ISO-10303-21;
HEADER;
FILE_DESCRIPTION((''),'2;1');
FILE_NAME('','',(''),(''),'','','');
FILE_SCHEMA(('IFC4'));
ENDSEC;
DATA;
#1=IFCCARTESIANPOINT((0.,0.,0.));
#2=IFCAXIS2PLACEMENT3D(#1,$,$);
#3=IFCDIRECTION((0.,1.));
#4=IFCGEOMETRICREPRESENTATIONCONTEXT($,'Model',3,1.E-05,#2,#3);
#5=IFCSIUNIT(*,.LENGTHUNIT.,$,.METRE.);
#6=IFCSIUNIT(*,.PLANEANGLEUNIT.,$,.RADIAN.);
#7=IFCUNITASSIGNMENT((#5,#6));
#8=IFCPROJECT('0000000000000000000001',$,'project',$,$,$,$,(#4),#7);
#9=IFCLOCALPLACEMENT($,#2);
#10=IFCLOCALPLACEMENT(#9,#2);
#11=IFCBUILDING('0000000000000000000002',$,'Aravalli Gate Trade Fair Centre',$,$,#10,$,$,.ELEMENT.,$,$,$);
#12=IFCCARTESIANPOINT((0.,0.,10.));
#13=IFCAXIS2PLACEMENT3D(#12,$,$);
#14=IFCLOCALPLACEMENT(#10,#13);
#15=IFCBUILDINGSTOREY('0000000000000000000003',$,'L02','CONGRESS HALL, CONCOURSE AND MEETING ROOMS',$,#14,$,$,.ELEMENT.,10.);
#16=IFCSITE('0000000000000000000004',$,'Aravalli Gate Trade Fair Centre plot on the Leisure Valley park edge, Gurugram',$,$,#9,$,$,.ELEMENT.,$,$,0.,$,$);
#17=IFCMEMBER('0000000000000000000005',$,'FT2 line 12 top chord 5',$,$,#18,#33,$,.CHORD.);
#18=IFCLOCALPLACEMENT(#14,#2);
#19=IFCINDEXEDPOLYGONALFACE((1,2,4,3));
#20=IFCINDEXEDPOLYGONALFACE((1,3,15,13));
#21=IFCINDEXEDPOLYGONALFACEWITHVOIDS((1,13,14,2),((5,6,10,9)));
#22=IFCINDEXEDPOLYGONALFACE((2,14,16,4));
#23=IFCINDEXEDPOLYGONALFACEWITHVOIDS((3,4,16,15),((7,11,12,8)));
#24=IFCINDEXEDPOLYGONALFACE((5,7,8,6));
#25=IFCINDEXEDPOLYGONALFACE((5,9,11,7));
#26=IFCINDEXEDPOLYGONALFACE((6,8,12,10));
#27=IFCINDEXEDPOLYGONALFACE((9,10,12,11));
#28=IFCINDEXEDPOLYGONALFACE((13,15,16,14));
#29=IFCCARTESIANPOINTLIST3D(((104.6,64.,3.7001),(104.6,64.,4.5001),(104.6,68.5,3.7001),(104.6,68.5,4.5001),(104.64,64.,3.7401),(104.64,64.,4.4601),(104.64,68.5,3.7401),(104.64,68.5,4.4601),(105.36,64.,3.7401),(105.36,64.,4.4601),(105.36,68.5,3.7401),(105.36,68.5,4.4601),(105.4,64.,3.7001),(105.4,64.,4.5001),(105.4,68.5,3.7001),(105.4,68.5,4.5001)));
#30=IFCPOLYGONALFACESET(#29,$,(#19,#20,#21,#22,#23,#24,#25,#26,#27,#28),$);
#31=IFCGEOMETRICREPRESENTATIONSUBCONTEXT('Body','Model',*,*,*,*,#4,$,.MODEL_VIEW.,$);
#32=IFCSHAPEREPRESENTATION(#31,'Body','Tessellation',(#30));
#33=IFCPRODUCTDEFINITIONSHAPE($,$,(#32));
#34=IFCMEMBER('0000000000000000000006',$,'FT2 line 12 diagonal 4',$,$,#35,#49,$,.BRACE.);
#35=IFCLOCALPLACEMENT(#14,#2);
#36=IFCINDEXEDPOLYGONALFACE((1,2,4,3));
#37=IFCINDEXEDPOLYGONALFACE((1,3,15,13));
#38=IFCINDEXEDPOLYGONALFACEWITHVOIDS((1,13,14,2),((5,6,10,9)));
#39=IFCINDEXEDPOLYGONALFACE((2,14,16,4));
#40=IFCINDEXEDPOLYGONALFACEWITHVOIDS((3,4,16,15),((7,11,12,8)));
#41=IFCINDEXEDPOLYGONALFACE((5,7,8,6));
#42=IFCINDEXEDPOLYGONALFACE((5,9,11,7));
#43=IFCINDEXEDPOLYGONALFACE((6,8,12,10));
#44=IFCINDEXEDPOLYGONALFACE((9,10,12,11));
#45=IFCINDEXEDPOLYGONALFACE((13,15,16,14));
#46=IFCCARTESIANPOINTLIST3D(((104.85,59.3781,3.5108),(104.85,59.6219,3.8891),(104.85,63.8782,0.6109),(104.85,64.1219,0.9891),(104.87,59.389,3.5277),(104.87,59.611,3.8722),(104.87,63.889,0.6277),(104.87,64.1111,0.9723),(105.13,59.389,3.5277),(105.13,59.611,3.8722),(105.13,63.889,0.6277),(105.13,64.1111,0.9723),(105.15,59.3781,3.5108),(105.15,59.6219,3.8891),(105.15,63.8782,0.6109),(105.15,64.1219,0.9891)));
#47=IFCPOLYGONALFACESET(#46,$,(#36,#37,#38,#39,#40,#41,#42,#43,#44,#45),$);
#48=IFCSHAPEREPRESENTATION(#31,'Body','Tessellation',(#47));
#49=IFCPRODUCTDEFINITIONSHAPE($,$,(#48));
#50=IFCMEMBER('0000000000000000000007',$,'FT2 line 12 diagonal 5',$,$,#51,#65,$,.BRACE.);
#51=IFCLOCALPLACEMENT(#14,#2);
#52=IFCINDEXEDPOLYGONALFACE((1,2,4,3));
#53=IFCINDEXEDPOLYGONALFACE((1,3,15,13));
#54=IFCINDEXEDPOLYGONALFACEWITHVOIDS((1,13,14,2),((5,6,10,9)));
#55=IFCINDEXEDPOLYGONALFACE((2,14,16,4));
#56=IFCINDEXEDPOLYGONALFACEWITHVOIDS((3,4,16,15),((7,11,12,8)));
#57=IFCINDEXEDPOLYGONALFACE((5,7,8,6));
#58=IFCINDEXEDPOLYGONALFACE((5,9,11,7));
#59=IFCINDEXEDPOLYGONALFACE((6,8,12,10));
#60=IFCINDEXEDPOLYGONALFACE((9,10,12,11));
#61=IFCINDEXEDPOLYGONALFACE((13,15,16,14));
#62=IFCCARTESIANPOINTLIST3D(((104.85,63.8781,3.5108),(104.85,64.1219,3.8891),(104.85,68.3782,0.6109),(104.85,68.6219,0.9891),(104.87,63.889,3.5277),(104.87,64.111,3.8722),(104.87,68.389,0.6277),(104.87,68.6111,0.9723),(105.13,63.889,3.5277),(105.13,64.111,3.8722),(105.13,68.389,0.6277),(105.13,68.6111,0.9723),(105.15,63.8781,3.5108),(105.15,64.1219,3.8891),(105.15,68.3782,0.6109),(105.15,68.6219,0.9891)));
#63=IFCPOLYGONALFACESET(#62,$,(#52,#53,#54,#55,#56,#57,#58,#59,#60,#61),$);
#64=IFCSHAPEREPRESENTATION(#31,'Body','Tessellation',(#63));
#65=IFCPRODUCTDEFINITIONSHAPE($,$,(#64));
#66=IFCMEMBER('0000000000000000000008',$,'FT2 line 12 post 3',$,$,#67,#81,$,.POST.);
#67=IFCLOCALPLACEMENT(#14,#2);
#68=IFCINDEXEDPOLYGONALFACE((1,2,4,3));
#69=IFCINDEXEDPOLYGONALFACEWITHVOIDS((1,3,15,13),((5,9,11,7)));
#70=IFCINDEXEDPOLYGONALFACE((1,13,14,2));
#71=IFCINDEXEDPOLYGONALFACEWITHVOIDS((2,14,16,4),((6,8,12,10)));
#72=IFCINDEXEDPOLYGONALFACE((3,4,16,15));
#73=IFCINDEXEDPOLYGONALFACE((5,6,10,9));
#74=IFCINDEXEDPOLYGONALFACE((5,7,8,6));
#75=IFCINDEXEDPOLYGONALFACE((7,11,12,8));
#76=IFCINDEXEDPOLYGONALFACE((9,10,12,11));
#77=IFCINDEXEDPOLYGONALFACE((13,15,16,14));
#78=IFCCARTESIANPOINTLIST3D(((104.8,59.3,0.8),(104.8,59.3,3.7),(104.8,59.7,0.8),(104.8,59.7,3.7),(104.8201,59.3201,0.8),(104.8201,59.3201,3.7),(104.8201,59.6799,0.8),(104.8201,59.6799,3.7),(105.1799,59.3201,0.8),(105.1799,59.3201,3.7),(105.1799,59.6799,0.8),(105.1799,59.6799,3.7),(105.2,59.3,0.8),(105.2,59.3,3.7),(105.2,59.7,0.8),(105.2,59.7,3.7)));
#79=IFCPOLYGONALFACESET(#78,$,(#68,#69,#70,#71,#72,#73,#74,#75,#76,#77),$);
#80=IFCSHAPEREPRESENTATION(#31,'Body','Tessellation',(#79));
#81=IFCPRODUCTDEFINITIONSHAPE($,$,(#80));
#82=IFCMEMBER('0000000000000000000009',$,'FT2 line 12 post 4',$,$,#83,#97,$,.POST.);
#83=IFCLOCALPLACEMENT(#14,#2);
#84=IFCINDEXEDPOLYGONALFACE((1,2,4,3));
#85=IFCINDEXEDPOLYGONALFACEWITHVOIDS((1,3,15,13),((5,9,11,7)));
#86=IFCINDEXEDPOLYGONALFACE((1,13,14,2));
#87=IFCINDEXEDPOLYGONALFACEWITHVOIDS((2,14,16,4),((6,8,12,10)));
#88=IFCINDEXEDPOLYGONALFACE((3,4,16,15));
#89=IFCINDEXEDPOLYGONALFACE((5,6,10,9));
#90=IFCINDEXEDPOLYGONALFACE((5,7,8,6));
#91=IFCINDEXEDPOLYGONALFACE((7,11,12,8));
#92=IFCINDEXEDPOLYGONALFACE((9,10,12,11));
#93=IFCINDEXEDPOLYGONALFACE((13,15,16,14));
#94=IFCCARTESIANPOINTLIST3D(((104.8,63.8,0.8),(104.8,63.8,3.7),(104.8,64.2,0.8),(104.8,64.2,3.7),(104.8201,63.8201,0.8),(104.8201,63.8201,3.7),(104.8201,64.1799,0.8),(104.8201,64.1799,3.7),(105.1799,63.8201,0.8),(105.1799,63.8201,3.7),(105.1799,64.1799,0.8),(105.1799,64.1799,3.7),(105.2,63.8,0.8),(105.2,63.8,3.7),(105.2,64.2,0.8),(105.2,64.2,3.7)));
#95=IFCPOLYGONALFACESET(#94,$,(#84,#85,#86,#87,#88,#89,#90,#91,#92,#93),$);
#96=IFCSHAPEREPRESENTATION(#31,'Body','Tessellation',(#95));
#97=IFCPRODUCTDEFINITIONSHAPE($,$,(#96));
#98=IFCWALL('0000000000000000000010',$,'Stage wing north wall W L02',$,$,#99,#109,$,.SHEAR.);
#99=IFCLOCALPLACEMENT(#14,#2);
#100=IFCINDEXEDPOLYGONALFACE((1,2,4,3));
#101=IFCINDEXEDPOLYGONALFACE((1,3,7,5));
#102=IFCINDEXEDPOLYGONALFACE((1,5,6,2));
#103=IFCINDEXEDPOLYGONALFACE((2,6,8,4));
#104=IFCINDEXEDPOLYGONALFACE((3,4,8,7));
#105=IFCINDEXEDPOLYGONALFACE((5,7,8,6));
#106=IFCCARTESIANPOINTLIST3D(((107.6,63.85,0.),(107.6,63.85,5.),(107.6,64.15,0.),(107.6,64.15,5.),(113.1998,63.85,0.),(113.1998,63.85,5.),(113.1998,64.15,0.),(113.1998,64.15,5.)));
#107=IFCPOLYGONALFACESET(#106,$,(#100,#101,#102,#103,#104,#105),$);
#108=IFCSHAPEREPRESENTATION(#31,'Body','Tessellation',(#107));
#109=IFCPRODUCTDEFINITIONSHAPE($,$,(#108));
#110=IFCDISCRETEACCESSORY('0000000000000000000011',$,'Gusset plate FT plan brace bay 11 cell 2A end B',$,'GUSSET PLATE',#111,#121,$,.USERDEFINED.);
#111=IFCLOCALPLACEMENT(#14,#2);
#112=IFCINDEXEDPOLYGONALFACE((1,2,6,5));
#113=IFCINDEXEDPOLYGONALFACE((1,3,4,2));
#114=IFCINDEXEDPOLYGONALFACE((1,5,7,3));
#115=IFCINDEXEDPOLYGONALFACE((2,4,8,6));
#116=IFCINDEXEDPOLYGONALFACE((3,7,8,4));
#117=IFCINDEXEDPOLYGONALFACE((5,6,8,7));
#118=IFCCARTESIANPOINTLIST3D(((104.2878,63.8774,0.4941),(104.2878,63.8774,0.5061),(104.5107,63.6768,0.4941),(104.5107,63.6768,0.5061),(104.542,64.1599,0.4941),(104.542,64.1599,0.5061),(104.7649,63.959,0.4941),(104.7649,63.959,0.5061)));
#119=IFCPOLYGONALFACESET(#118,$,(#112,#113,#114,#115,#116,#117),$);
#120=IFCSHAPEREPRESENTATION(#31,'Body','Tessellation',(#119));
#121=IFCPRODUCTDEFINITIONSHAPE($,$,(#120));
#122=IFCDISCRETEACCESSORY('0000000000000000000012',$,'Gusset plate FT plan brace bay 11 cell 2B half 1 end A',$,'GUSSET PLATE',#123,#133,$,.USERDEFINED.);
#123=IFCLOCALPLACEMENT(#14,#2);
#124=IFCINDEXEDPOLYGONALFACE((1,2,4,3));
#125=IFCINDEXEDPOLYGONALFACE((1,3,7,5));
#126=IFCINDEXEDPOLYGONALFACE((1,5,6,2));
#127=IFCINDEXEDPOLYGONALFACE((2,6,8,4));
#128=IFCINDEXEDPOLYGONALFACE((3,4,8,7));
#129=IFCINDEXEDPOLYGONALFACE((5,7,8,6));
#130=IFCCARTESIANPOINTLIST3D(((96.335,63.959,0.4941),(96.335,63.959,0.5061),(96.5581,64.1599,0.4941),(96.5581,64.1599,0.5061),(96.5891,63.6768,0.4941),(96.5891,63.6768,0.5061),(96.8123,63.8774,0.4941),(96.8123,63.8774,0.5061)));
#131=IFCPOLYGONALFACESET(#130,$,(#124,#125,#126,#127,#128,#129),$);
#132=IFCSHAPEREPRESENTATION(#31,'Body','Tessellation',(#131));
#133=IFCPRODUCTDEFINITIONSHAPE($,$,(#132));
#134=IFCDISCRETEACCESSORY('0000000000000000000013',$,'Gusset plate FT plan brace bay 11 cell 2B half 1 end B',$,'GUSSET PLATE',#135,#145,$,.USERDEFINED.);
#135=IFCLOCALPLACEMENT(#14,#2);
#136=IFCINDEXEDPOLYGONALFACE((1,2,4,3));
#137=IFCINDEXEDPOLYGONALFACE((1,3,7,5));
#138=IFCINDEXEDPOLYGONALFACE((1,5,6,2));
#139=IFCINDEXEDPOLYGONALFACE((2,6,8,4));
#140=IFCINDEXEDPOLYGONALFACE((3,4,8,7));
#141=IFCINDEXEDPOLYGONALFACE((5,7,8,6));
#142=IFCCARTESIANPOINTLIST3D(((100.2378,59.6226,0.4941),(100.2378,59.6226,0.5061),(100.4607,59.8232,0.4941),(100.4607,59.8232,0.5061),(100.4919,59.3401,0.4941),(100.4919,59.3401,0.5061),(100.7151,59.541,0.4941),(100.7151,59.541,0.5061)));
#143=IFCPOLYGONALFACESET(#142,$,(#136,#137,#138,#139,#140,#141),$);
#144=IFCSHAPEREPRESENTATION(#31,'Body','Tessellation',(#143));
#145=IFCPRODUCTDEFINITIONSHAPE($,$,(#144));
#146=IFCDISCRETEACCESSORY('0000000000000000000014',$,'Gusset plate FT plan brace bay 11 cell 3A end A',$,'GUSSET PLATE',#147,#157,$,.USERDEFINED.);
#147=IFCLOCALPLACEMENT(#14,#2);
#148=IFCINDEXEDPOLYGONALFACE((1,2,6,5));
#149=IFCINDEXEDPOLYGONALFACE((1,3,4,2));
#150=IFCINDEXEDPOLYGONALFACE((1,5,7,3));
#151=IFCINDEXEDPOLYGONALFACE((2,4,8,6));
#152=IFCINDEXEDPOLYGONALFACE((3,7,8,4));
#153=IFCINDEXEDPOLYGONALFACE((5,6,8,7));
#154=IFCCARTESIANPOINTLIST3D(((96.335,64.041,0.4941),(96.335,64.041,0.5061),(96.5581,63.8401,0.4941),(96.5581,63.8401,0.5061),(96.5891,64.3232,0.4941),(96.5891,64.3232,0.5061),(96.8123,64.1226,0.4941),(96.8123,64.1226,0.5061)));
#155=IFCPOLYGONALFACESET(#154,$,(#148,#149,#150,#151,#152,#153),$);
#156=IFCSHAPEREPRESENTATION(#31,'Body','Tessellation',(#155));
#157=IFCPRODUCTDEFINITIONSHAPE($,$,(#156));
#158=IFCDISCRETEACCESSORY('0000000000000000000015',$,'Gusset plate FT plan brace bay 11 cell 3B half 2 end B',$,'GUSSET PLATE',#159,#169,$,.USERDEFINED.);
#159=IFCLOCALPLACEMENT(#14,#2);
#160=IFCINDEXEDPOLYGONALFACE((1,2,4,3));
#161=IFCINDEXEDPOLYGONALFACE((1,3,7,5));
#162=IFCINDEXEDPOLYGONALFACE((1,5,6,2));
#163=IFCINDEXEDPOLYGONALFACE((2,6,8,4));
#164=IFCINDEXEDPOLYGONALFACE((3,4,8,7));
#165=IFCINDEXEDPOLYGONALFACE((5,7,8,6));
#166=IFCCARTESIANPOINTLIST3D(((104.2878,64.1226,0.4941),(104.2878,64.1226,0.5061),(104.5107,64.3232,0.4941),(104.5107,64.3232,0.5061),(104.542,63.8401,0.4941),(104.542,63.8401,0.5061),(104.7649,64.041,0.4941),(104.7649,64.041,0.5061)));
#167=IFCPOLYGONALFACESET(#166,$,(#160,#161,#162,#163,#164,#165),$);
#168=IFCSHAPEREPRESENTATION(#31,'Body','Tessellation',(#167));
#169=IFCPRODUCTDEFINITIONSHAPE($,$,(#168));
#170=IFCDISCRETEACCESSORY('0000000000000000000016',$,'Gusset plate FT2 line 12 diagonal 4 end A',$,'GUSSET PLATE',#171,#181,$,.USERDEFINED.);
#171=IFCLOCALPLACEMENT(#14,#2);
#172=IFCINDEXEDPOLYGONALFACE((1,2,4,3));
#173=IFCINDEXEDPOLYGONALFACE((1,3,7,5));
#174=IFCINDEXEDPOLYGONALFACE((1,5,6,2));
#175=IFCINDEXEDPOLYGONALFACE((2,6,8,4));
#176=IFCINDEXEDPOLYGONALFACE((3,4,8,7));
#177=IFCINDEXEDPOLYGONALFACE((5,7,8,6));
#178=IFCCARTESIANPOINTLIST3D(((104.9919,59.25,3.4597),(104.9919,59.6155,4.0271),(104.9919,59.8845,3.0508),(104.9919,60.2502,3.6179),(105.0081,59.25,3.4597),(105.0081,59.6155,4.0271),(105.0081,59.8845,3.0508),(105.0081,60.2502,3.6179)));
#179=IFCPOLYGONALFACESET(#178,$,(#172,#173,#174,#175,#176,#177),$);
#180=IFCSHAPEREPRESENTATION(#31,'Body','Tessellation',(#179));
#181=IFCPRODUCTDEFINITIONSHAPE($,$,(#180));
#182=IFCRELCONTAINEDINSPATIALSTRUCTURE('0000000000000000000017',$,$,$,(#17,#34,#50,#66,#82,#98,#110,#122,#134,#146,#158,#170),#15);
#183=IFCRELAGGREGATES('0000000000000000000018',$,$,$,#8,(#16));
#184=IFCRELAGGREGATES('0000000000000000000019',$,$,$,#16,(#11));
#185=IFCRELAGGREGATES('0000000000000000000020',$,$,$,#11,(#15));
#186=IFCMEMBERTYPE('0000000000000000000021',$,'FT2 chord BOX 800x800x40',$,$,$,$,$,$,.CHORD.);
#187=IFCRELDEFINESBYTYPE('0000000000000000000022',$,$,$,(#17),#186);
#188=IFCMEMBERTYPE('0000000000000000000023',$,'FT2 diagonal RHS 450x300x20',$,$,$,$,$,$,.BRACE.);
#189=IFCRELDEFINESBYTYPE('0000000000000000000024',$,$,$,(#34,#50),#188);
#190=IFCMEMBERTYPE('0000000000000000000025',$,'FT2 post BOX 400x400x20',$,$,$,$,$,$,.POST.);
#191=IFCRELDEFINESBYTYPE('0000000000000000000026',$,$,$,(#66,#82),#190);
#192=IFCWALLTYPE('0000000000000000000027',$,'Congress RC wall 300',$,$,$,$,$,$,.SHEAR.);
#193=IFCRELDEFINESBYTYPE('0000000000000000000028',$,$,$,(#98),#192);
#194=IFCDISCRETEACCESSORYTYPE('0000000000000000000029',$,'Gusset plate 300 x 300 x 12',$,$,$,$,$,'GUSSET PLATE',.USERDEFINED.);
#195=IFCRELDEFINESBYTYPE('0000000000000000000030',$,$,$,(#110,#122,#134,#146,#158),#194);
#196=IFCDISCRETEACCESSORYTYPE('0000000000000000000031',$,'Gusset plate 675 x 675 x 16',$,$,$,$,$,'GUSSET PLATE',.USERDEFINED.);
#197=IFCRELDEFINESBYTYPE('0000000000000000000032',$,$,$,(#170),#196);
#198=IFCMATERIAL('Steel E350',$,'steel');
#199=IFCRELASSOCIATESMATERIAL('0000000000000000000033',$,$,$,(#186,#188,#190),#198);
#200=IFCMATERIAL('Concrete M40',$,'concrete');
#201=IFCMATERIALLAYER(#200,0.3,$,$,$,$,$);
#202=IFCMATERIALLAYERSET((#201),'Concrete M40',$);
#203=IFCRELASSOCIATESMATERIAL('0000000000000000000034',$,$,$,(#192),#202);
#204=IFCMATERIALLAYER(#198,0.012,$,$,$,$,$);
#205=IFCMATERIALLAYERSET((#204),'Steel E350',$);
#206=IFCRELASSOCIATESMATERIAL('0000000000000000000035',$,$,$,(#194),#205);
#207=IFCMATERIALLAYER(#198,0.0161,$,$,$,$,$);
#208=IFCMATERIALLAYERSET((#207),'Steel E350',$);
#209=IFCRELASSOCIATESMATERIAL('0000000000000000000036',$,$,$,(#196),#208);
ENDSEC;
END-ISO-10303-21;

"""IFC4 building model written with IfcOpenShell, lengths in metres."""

from ifc_helpers import new_model, si_unit, direction, frame, frame_2d, origin, origin_2d, place, context, subcontext, project, spatial, polyline, rectangle, hollow_rectangle, outline, extrude, material, layer, layer_set, material_profile, profile_set, type_object, element, save


model = new_model("IFC4")

# Units and contexts
model_context = context("Model", 3, precision=1e-05, world=origin(), true_north=direction((0.0, 1.0)))
body_context = subcontext(model_context, "Body", "Model", "MODEL_VIEW")
ifc_project = project(units=[si_unit("LENGTHUNIT", "METRE"), si_unit("PLANEANGLEUNIT", "RADIAN")], contexts=[model_context])

# Site, building, storey
site_placement = place(None, origin())
site = spatial("IfcSite", under=ifc_project, at=site_placement, Name="Aravalli Gate Trade Fair Centre plot on the Leisure Valley park edge, Gurugram", CompositionType="ELEMENT", RefElevation=0.0)
building_placement = place(site_placement, origin())
building = spatial("IfcBuilding", under=site, at=building_placement, Name="Aravalli Gate Trade Fair Centre", CompositionType="ELEMENT")
storey_placement = place(building_placement, frame((0.0, 0.0, 10.0)))
storey = spatial("IfcBuildingStorey", under=building, at=storey_placement, Name="L02", Description="CONGRESS HALL, CONCOURSE AND MEETING ROOMS", CompositionType="ELEMENT", Elevation=10.0)

# Members
ifc_material_1 = material(Name="Steel E350", Category="steel")
ifc_material_profile_1 = material_profile(ifc_material_1, hollow_rectangle(XDim=0.8, YDim=0.8, WallThickness=0.04, at=origin_2d()), Name="BOX 800x800x40")
ifc_profile_set_1 = profile_set([ifc_material_profile_1], Name="Steel E350")
member_type_1 = type_object("IfcMemberType", Name="FT2 chord BOX 800x800x40", PredefinedType="CHORD", material=ifc_profile_set_1)
for number, where, z_axis, x_axis, name in (
    (1, (105.0, 64.0, 4.1001), (0.0, 1.0, 0.0), (-1.0, 0.0, 0.0), "FT2 line 12 top chord 5"),
):
    element("IfcMember", number, at=place(storey_placement, frame(where, z_axis=z_axis, x_axis=x_axis)), inside=storey, type_object=member_type_1, Name=name, PredefinedType="CHORD", context=body_context, shape_type="SweptSolid", body=[
        extrude(hollow_rectangle(XDim=0.8, YDim=0.8, WallThickness=0.04, at=origin_2d()), origin(), (0.0, 0.0, 1.0), 4.5),
    ])
ifc_material_profile_2 = material_profile(ifc_material_1, hollow_rectangle(XDim=0.3, YDim=0.45, WallThickness=0.02, at=origin_2d()), Name="RHS 450x300x20")
ifc_profile_set_2 = profile_set([ifc_material_profile_2], Name="Steel E350")
member_type_2 = type_object("IfcMemberType", Name="FT2 diagonal RHS 450x300x20", PredefinedType="BRACE", material=ifc_profile_set_2)
for number, where, z_axis, x_axis, name in (
    (2, (105.0, 59.5, 3.7), (0.0, 0.840579, -0.541688), (-1.0, 0.0, 0.0), "FT2 line 12 diagonal 4"),
    (3, (105.0, 64.0, 3.7), (0.0, 0.840579, -0.541688), (-1.0, 0.0, 0.0), "FT2 line 12 diagonal 5"),
):
    element("IfcMember", number, at=place(storey_placement, frame(where, z_axis=z_axis, x_axis=x_axis)), inside=storey, type_object=member_type_2, Name=name, PredefinedType="BRACE", context=body_context, shape_type="SweptSolid", body=[
        extrude(hollow_rectangle(XDim=0.3, YDim=0.45, WallThickness=0.02, at=origin_2d()), origin(), (0.0, 0.0, 1.0), 5.3535),
    ])
ifc_material_profile_3 = material_profile(ifc_material_1, hollow_rectangle(XDim=0.3999, YDim=0.3999, WallThickness=0.02, at=origin_2d()), Name="BOX 400x400x20")
ifc_profile_set_3 = profile_set([ifc_material_profile_3], Name="Steel E350")
member_type_3 = type_object("IfcMemberType", Name="FT2 post BOX 400x400x20", PredefinedType="POST", material=ifc_profile_set_3)
for number, where, z_axis, x_axis, name in (
    (4, (105.0, 59.5, 0.8), (0.0, 0.0, 1.0), (1.0, 0.0, 0.0), "FT2 line 12 post 3"),
    (5, (105.0, 64.0, 0.8), (0.0, 0.0, 1.0), (1.0, 0.0, 0.0), "FT2 line 12 post 4"),
):
    element("IfcMember", number, at=place(storey_placement, frame(where, z_axis=z_axis, x_axis=x_axis)), inside=storey, type_object=member_type_3, Name=name, PredefinedType="POST", context=body_context, shape_type="SweptSolid", body=[
        extrude(hollow_rectangle(XDim=0.3999, YDim=0.3999, WallThickness=0.02, at=origin_2d()), origin(), (0.0, 0.0, 1.0), 2.8999),
    ])

# Wall
ifc_material_2 = material(Name="Concrete M40", Category="concrete")
ifc_layer_1 = layer(ifc_material_2, 0.3)
ifc_layer_set_1 = layer_set([ifc_layer_1], Name="Concrete M40")
wall_type = type_object("IfcWallType", Name="Congress RC wall 300", PredefinedType="SHEAR", material=ifc_layer_set_1)
wall_placement = place(storey_placement, frame((107.6001, 64.0, 0.0), z_axis=(0.0, 0.0, 1.0), x_axis=(1.0, 0.0, 0.0)))
element("IfcWall", 6, at=wall_placement, inside=storey, type_object=wall_type, Name="Stage wing north wall W L02", PredefinedType="SHEAR", context=body_context, shape_type="SweptSolid", body=[
    extrude(rectangle(XDim=5.5999, YDim=0.3, at=frame_2d((2.7998, 0.0))), origin(), (0.0, 0.0, 1.0), 5.0),
])

# Discrete accessories
ifc_layer_2 = layer(ifc_material_1, 0.012)
ifc_layer_set_2 = layer_set([ifc_layer_2], Name="Steel E350")
discrete_accessory_type_1 = type_object("IfcDiscreteAccessoryType", Name="Gusset plate 300 x 300 x 12", ElementType="GUSSET PLATE", PredefinedType="USERDEFINED", material=ifc_layer_set_2)
discrete_accessory_1_placement = place(storey_placement, frame((104.2878, 63.8774, 0.5061), z_axis=(0.0, 0.0, 1.0), x_axis=(0.668858, 0.74339, 0.0)))
element("IfcDiscreteAccessory", 7, at=discrete_accessory_1_placement, inside=storey, type_object=discrete_accessory_type_1, Name="Gusset plate FT plan brace bay 11 cell 2A end B", ObjectType="GUSSET PLATE", PredefinedType="USERDEFINED", context=body_context, shape_type="SweptSolid", body=[
    extrude(outline(polyline([(0.0, 0.0), (0.38, 0.0), (0.3797, -0.3001), (-0.0001, -0.2999), (0.0, 0.0)])), origin(), (0.0, 0.0, -1.0), 0.012),
])
discrete_accessory_2_placement = place(storey_placement, frame((96.5891, 63.6768, 0.5061), z_axis=(0.0, 0.0, 1.0), x_axis=(-0.669178, 0.743102, 0.0)))
element("IfcDiscreteAccessory", 8, at=discrete_accessory_2_placement, inside=storey, type_object=discrete_accessory_type_1, Name="Gusset plate FT plan brace bay 11 cell 2B half 1 end A", ObjectType="GUSSET PLATE", PredefinedType="USERDEFINED", context=body_context, shape_type="SweptSolid", body=[
    extrude(outline(polyline([(0.0, 0.0), (0.3798, 0.0), (0.3798, -0.3003), (-0.0002, -0.3001), (0.0, 0.0)])), origin(), (0.0, 0.0, -1.0), 0.012),
])
discrete_accessory_3_placement = place(storey_placement, frame((100.2378, 59.6226, 0.5061), z_axis=(0.0, 0.0, 1.0), x_axis=(0.668858, -0.74339, 0.0)))
element("IfcDiscreteAccessory", 9, at=discrete_accessory_3_placement, inside=storey, type_object=discrete_accessory_type_1, Name="Gusset plate FT plan brace bay 11 cell 2B half 1 end B", ObjectType="GUSSET PLATE", PredefinedType="USERDEFINED", context=body_context, shape_type="SweptSolid", body=[
    extrude(outline(polyline([(0.0, 0.0), (0.38, 0.0), (0.3799, 0.3003), (-0.0001, 0.2999), (0.0, 0.0)])), origin(), (0.0, 0.0, -1.0), 0.012),
])
discrete_accessory_4_placement = place(storey_placement, frame((96.8123, 64.1226, 0.5061), z_axis=(0.0, 0.0, 1.0), x_axis=(-0.668858, -0.74339, 0.0)))
element("IfcDiscreteAccessory", 10, at=discrete_accessory_4_placement, inside=storey, type_object=discrete_accessory_type_1, Name="Gusset plate FT plan brace bay 11 cell 3A end A", ObjectType="GUSSET PLATE", PredefinedType="USERDEFINED", context=body_context, shape_type="SweptSolid", body=[
    extrude(outline(polyline([(0.0, 0.0), (0.38, 0.0), (0.3799, -0.3003), (0.0001, -0.3001), (0.0, 0.0)])), origin(), (0.0, 0.0, -1.0), 0.012),
])
discrete_accessory_5_placement = place(storey_placement, frame((104.2878, 64.1226, 0.5061), z_axis=(0.0, 0.0, 1.0), x_axis=(0.668858, -0.74339, 0.0)))
element("IfcDiscreteAccessory", 11, at=discrete_accessory_5_placement, inside=storey, type_object=discrete_accessory_type_1, Name="Gusset plate FT plan brace bay 11 cell 3B half 2 end B", ObjectType="GUSSET PLATE", PredefinedType="USERDEFINED", context=body_context, shape_type="SweptSolid", body=[
    extrude(outline(polyline([(0.0, 0.0), (0.38, 0.0), (0.3797, 0.3001), (-0.0001, 0.2999), (0.0, 0.0)])), origin(), (0.0, 0.0, -1.0), 0.012),
])
ifc_layer_3 = layer(ifc_material_1, 0.0161)
ifc_layer_set_3 = layer_set([ifc_layer_3], Name="Steel E350")
discrete_accessory_type_2 = type_object("IfcDiscreteAccessoryType", Name="Gusset plate 675 x 675 x 16", ElementType="GUSSET PLATE", PredefinedType="USERDEFINED", material=ifc_layer_set_3)
discrete_accessory_6_placement = place(storey_placement, frame((104.9919, 59.8845, 3.0508), z_axis=(-1.0, 0.0, 0.0), x_axis=(0.0, -0.840558, 0.541722)))
element("IfcDiscreteAccessory", 12, at=discrete_accessory_6_placement, inside=storey, type_object=discrete_accessory_type_2, Name="Gusset plate FT2 line 12 diagonal 4 end A", ObjectType="GUSSET PLATE", PredefinedType="USERDEFINED", context=body_context, shape_type="SweptSolid", body=[
    extrude(outline(polyline([(0.0, 0.0), (0.7549, 0.0), (0.755, 0.6749), (-0.0002, 0.6748), (0.0, 0.0)])), origin(), (0.0, 0.0, -1.0), 0.0161),
])

save(model, "model.ifc")
